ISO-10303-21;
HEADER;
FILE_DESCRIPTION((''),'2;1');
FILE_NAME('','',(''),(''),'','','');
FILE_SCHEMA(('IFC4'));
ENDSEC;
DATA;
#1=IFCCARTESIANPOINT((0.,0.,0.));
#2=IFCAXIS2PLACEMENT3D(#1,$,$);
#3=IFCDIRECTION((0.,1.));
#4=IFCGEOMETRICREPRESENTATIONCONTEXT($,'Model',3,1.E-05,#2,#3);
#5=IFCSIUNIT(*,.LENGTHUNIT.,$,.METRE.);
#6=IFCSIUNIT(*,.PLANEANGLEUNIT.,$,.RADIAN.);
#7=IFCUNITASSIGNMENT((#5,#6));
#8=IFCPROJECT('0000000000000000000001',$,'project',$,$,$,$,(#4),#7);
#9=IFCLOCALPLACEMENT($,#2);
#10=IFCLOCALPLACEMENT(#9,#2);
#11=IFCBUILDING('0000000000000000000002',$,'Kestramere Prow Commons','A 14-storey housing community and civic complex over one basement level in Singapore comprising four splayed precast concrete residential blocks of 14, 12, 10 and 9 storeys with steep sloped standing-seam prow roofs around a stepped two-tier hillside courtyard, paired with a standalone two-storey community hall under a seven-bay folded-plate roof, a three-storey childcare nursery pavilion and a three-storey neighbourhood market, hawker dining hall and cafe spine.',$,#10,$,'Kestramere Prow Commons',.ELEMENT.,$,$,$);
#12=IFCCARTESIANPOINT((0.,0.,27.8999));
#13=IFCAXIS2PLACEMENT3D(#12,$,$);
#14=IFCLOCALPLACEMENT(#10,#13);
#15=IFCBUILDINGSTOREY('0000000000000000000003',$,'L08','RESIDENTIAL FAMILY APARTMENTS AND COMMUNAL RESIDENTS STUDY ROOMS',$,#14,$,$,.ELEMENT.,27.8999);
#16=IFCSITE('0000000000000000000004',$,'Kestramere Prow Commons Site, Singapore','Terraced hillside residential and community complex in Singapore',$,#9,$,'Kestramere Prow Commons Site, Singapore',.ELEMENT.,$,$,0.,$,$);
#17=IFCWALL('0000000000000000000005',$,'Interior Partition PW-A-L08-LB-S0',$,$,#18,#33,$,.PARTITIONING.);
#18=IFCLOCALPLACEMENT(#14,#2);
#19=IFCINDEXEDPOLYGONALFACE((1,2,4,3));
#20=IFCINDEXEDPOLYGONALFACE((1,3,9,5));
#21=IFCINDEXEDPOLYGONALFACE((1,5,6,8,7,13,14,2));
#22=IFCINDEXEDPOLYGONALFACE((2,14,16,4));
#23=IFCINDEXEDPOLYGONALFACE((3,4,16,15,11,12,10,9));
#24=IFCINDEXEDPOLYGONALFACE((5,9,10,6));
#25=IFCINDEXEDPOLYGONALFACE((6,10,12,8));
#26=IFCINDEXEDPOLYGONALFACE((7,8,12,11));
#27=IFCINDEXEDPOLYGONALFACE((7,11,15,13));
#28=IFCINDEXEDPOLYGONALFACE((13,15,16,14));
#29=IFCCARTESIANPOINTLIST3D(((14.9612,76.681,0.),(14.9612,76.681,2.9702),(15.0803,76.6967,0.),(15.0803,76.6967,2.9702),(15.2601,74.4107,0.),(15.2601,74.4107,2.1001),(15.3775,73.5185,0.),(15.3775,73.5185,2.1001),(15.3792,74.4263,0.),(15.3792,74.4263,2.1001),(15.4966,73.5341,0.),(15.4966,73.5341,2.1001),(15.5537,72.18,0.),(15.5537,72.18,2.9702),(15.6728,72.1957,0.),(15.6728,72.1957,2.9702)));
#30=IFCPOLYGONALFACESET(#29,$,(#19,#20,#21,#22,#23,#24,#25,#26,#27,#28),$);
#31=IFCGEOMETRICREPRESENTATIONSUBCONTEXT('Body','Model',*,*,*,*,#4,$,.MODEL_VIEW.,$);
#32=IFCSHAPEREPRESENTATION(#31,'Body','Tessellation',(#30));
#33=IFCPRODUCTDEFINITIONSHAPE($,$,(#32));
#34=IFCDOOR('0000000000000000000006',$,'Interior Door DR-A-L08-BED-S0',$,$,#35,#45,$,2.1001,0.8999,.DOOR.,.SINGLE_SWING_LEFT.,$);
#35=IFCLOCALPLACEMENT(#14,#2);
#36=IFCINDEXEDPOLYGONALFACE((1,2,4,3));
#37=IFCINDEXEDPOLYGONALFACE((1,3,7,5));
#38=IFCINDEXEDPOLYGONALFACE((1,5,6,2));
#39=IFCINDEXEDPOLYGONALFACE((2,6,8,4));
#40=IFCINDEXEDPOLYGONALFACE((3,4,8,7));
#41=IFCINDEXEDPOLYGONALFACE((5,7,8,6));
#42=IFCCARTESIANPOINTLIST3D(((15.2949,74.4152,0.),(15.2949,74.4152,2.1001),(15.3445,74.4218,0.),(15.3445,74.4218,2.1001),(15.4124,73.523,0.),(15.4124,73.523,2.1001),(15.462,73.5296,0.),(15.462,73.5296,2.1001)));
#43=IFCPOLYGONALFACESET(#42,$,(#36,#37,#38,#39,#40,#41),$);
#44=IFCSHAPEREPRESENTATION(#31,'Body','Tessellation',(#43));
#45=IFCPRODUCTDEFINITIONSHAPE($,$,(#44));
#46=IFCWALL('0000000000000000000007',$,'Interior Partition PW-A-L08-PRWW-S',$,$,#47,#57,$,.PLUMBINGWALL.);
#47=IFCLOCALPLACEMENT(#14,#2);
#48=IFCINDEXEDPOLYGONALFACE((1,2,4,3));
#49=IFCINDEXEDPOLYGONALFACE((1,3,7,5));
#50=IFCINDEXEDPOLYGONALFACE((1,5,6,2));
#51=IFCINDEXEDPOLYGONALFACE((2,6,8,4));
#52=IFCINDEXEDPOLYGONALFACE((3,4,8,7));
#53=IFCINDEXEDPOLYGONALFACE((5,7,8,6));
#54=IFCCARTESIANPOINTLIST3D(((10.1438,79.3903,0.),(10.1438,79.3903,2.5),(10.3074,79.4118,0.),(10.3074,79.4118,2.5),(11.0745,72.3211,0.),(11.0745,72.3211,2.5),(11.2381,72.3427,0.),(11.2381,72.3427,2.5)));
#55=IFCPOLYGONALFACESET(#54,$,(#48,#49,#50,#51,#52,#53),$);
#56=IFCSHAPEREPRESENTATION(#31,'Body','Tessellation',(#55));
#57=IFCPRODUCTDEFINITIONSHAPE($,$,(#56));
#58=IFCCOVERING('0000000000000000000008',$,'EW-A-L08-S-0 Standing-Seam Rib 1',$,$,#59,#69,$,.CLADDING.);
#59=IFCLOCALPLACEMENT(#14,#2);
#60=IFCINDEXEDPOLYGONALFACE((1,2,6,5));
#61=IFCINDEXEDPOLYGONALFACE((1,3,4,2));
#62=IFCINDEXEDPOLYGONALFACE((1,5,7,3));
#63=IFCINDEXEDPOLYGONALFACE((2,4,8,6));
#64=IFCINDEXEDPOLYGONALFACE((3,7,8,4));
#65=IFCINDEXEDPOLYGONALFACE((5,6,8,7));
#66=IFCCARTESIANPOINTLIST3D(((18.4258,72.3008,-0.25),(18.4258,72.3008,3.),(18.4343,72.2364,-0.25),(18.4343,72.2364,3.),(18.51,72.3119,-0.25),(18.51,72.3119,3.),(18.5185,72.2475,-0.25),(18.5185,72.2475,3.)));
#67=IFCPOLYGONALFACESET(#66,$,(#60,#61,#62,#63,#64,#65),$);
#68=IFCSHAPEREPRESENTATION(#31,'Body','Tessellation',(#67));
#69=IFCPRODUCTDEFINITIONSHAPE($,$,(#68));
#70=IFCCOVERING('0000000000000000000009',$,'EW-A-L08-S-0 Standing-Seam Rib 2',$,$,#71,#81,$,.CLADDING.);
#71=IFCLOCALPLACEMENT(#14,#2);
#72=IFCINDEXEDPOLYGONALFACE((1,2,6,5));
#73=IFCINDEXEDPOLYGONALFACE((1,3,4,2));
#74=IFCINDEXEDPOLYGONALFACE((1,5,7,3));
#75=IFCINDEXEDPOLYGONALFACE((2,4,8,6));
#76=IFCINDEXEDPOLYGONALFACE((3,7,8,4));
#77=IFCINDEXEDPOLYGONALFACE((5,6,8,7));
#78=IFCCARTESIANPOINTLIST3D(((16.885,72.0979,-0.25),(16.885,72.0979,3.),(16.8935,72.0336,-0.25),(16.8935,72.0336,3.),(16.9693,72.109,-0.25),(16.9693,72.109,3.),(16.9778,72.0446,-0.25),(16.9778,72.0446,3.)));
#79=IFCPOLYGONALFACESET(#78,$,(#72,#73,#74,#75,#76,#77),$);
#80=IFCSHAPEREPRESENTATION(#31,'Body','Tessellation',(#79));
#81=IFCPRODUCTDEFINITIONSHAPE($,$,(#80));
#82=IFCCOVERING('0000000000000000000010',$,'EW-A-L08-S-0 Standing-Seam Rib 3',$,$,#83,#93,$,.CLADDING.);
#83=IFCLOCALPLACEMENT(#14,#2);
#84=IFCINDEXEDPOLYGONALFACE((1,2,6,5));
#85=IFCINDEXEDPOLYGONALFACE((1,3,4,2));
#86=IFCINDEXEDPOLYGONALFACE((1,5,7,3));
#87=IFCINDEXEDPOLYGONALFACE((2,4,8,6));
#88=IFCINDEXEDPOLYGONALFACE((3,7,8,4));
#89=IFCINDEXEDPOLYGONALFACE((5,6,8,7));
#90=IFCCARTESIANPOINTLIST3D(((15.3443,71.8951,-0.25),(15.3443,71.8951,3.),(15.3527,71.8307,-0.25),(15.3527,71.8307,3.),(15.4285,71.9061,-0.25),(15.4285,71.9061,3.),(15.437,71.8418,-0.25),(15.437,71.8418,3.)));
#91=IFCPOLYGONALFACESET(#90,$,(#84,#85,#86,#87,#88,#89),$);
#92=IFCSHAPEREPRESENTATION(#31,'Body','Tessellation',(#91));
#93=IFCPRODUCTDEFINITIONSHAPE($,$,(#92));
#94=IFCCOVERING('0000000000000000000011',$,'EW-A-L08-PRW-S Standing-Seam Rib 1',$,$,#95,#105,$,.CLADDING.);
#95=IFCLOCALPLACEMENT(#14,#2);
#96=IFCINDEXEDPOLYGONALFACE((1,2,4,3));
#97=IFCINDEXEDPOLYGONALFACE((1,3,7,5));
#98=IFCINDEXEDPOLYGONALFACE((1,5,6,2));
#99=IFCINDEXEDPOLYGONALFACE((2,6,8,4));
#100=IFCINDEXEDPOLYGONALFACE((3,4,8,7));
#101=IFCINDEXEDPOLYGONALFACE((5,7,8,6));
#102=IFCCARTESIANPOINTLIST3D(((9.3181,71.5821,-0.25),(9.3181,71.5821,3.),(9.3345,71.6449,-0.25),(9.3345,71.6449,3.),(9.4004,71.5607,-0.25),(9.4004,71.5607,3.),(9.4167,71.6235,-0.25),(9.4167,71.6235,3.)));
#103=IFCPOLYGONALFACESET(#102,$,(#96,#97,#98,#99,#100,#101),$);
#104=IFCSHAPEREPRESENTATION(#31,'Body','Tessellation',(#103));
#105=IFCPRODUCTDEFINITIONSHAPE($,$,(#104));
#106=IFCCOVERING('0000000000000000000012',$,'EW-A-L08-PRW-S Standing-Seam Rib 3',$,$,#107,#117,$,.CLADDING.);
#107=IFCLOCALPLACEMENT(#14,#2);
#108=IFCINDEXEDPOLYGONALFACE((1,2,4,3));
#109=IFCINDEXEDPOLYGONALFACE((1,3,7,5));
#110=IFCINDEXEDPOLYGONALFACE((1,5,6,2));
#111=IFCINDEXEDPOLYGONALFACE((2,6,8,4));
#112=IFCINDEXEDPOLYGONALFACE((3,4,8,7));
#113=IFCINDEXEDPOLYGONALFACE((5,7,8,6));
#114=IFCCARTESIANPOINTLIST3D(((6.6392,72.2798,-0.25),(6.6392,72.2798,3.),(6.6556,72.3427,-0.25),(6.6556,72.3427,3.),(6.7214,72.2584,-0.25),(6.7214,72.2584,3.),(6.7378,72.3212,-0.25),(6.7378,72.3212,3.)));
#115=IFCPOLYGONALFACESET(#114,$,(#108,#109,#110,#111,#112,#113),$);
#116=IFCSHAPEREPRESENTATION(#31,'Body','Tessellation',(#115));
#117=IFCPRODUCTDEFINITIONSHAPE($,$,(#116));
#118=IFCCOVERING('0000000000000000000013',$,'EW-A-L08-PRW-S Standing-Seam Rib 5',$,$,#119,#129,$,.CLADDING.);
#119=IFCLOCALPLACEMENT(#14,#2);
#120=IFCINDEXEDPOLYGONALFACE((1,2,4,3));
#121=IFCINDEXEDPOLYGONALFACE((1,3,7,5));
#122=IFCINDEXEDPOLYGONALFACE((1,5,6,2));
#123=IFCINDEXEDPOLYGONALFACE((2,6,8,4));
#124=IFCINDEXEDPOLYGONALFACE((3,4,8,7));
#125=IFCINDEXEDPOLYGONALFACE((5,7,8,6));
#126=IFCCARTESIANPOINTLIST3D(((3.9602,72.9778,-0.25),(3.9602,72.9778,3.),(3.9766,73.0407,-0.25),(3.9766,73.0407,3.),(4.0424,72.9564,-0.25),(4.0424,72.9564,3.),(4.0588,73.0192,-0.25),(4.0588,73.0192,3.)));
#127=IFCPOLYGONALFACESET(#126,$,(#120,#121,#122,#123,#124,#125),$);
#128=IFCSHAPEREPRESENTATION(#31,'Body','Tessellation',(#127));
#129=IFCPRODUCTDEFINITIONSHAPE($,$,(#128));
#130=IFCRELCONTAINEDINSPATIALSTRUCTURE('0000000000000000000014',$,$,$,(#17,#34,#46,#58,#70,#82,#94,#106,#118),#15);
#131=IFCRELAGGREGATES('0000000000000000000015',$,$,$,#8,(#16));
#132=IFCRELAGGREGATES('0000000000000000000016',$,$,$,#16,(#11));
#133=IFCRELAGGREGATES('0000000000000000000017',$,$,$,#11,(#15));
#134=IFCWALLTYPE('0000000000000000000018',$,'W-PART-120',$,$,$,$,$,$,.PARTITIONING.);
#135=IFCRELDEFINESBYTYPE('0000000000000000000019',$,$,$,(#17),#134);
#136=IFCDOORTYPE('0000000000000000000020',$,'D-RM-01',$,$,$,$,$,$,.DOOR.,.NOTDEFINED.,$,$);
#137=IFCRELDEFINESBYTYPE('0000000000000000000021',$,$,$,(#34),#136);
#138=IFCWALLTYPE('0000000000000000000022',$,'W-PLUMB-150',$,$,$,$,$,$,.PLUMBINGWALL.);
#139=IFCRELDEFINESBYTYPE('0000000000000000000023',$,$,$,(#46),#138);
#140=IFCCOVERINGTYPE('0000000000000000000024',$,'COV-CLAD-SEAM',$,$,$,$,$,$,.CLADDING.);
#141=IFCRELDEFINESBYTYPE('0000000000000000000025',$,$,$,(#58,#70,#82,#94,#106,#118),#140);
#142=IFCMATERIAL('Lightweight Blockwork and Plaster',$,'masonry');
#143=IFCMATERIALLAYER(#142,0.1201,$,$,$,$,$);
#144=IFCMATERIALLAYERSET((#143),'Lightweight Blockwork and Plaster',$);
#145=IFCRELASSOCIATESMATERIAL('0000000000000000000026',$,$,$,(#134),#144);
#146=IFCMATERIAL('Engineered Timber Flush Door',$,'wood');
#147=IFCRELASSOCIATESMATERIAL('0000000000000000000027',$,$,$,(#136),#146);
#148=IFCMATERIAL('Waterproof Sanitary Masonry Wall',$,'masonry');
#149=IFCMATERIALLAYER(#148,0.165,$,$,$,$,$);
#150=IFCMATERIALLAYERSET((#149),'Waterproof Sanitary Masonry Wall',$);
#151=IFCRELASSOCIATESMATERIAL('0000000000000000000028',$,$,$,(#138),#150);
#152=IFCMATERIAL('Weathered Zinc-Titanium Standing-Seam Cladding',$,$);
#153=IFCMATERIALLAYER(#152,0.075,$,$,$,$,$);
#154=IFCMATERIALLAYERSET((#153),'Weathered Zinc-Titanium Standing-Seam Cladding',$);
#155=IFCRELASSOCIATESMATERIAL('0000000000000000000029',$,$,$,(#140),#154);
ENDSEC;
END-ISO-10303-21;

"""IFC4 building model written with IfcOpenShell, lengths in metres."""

from ifc_helpers import new_model, si_unit, direction, frame, frame_2d, origin, origin_2d, place, context, subcontext, project, spatial, rectangle, extrude, material, layer, layer_set, type_object, element, fill, save


model = new_model("IFC4")

# Units and contexts
model_context = context("Model", 3, precision=1e-05, world=origin(), true_north=direction((0.0, 1.0)))
body_context = subcontext(model_context, "Body", "Model", "MODEL_VIEW")
ifc_project = project(units=[si_unit("LENGTHUNIT", "METRE"), si_unit("PLANEANGLEUNIT", "RADIAN")], contexts=[model_context])

# Site, building, storey
site_placement = place(None, origin())
site = spatial("IfcSite", under=ifc_project, at=site_placement, Name="Kestramere Prow Commons Site, Singapore", Description="Terraced hillside residential and community complex in Singapore", LongName="Kestramere Prow Commons Site, Singapore", CompositionType="ELEMENT", RefElevation=0.0)
building_placement = place(site_placement, origin())
building = spatial("IfcBuilding", under=site, at=building_placement, Name="Kestramere Prow Commons", Description="A 14-storey housing community and civic complex over one basement level in Singapore comprising four splayed precast concrete residential blocks of 14, 12, 10 and 9 storeys with steep sloped standing-seam prow roofs around a stepped two-tier hillside courtyard, paired with a standalone two-storey community hall under a seven-bay folded-plate roof, a three-storey childcare nursery pavilion and a three-storey neighbourhood market, hawker dining hall and cafe spine.", LongName="Kestramere Prow Commons", CompositionType="ELEMENT")
storey_placement = place(building_placement, frame((0.0, 0.0, 27.8999)))
storey = spatial("IfcBuildingStorey", under=building, at=storey_placement, Name="L08", Description="RESIDENTIAL FAMILY APARTMENTS AND COMMUNAL RESIDENTS STUDY ROOMS", CompositionType="ELEMENT", Elevation=27.8999)

# Shared definitions
ifc_material_1 = material(Name="Weathered Zinc-Titanium Standing-Seam Cladding")

# Wall, opening, door
ifc_material_2 = material(Name="Lightweight Blockwork and Plaster", Category="masonry")
ifc_layer_1 = layer(ifc_material_2, 0.1201)
ifc_layer_set_1 = layer_set([ifc_layer_1], Name="Lightweight Blockwork and Plaster")
wall_type_1 = type_object("IfcWallType", Name="W-PART-120", PredefinedType="PARTITIONING", material=ifc_layer_set_1)
wall_1_placement = place(storey_placement, frame((15.6133, 72.1877, 0.0), z_axis=(0.0, 0.0, 1.0), x_axis=(-0.130519, 0.991446, 0.0)))
wall_1 = element("IfcWall", 1, at=wall_1_placement, inside=storey, type_object=wall_type_1, Name="Interior Partition PW-A-L08-LB-S0", PredefinedType="PARTITIONING", context=body_context, shape_type="SweptSolid", body=[
    extrude(rectangle(XDim=4.5398, YDim=0.1201, at=frame_2d((2.27, 0.0))), origin(), (0.0, 0.0, 1.0), 2.9702),
])
opening_1_placement = place(wall_1_placement, frame((1.3501, 0.0, 0.0)))
opening_1 = element("IfcOpeningElement", 2, at=opening_1_placement, cuts=wall_1, PredefinedType="OPENING", context=body_context, shape_type="SweptSolid", body=[
    extrude(rectangle(XDim=0.8999, YDim=2.1001, at=frame_2d((0.45, 1.05))), frame((0.0, 0.075, 0.0), z_axis=(0.0, -1.0, 0.0), x_axis=(1.0, 0.0, 0.0)), (0.0, 0.0, 1.0), 0.1501),
])
ifc_material_3 = material(Name="Engineered Timber Flush Door", Category="wood")
door_type = type_object("IfcDoorType", Name="D-RM-01", OperationType="NOTDEFINED", PredefinedType="DOOR", material=ifc_material_3)
door_placement = place(opening_1_placement, origin())
door = element("IfcDoor", 3, at=door_placement, inside=storey, type_object=door_type, Name="Interior Door DR-A-L08-BED-S0", OperationType="SINGLE_SWING_LEFT", OverallHeight=2.1001, OverallWidth=0.8999, PredefinedType="DOOR", context=body_context, shape_type="SweptSolid", body=[
    extrude(rectangle(XDim=0.8999, YDim=2.1001, at=frame_2d((0.45, 1.05))), frame((0.0, 0.0249, 0.0), z_axis=(0.0, -1.0, 0.0), x_axis=(1.0, 0.0, 0.0)), (0.0, 0.0, 1.0), 0.05),
])
fill(opening_1, door)

# Wall
ifc_material_4 = material(Name="Waterproof Sanitary Masonry Wall", Category="masonry")
ifc_layer_2 = layer(ifc_material_4, 0.165)
ifc_layer_set_2 = layer_set([ifc_layer_2], Name="Waterproof Sanitary Masonry Wall")
wall_type_2 = type_object("IfcWallType", Name="W-PLUMB-150", PredefinedType="PLUMBINGWALL", material=ifc_layer_set_2)
wall_2_placement = place(storey_placement, frame((11.1562, 72.332, 0.0), z_axis=(0.0, 0.0, 1.0), x_axis=(-0.130526, 0.991445, 0.0)))
element("IfcWall", 4, at=wall_2_placement, inside=storey, type_object=wall_type_2, Name="Interior Partition PW-A-L08-PRWW-S", PredefinedType="PLUMBINGWALL", context=body_context, shape_type="SweptSolid", body=[
    extrude(rectangle(XDim=7.1301, YDim=0.165, at=frame_2d((3.5649, 0.0))), origin(), (0.0, 0.0, 1.0), 2.5),
])

# Coverings
ifc_layer_3 = layer(ifc_material_1, 0.075)
ifc_layer_set_3 = layer_set([ifc_layer_3], Name="Weathered Zinc-Titanium Standing-Seam Cladding")
covering_type = type_object("IfcCoveringType", Name="COV-CLAD-SEAM", PredefinedType="CLADDING", material=ifc_layer_set_3)
for number, where, z_axis, x_axis, name in (
    (5, (18.4722, 72.2742, -0.25), (0.0, 0.0, 1.0), (-0.991445, -0.130526, 0.0), "EW-A-L08-S-0 Standing-Seam Rib 1"),
    (6, (16.9314, 72.0713, -0.25), (0.0, 0.0, 1.0), (-0.991445, -0.130526, 0.0), "EW-A-L08-S-0 Standing-Seam Rib 2"),
    (7, (15.3906, 71.8684, -0.25), (0.0, 0.0, 1.0), (-0.991445, -0.130526, 0.0), "EW-A-L08-S-0 Standing-Seam Rib 3"),
    (8, (9.3674, 71.6028, -0.25), (0.0, 0.0, 1.0), (-0.967698, 0.252112, 0.0), "EW-A-L08-PRW-S Standing-Seam Rib 1"),
    (9, (6.6885, 72.3005, -0.25), (0.0, 0.0, 1.0), (-0.967698, 0.252112, 0.0), "EW-A-L08-PRW-S Standing-Seam Rib 3"),
    (10, (4.0095, 72.9985, -0.25), (0.0, 0.0, 1.0), (-0.967698, 0.252112, 0.0), "EW-A-L08-PRW-S Standing-Seam Rib 5"),
):
    element("IfcCovering", number, at=place(storey_placement, frame(where, z_axis=z_axis, x_axis=x_axis)), inside=storey, type_object=covering_type, Name=name, PredefinedType="CLADDING", context=body_context, shape_type="SweptSolid", body=[
        extrude(rectangle(XDim=0.085, YDim=0.0649, at=origin_2d()), origin(), (0.0, 0.0, 1.0), 3.25),
    ])

save(model, "model.ifc")
